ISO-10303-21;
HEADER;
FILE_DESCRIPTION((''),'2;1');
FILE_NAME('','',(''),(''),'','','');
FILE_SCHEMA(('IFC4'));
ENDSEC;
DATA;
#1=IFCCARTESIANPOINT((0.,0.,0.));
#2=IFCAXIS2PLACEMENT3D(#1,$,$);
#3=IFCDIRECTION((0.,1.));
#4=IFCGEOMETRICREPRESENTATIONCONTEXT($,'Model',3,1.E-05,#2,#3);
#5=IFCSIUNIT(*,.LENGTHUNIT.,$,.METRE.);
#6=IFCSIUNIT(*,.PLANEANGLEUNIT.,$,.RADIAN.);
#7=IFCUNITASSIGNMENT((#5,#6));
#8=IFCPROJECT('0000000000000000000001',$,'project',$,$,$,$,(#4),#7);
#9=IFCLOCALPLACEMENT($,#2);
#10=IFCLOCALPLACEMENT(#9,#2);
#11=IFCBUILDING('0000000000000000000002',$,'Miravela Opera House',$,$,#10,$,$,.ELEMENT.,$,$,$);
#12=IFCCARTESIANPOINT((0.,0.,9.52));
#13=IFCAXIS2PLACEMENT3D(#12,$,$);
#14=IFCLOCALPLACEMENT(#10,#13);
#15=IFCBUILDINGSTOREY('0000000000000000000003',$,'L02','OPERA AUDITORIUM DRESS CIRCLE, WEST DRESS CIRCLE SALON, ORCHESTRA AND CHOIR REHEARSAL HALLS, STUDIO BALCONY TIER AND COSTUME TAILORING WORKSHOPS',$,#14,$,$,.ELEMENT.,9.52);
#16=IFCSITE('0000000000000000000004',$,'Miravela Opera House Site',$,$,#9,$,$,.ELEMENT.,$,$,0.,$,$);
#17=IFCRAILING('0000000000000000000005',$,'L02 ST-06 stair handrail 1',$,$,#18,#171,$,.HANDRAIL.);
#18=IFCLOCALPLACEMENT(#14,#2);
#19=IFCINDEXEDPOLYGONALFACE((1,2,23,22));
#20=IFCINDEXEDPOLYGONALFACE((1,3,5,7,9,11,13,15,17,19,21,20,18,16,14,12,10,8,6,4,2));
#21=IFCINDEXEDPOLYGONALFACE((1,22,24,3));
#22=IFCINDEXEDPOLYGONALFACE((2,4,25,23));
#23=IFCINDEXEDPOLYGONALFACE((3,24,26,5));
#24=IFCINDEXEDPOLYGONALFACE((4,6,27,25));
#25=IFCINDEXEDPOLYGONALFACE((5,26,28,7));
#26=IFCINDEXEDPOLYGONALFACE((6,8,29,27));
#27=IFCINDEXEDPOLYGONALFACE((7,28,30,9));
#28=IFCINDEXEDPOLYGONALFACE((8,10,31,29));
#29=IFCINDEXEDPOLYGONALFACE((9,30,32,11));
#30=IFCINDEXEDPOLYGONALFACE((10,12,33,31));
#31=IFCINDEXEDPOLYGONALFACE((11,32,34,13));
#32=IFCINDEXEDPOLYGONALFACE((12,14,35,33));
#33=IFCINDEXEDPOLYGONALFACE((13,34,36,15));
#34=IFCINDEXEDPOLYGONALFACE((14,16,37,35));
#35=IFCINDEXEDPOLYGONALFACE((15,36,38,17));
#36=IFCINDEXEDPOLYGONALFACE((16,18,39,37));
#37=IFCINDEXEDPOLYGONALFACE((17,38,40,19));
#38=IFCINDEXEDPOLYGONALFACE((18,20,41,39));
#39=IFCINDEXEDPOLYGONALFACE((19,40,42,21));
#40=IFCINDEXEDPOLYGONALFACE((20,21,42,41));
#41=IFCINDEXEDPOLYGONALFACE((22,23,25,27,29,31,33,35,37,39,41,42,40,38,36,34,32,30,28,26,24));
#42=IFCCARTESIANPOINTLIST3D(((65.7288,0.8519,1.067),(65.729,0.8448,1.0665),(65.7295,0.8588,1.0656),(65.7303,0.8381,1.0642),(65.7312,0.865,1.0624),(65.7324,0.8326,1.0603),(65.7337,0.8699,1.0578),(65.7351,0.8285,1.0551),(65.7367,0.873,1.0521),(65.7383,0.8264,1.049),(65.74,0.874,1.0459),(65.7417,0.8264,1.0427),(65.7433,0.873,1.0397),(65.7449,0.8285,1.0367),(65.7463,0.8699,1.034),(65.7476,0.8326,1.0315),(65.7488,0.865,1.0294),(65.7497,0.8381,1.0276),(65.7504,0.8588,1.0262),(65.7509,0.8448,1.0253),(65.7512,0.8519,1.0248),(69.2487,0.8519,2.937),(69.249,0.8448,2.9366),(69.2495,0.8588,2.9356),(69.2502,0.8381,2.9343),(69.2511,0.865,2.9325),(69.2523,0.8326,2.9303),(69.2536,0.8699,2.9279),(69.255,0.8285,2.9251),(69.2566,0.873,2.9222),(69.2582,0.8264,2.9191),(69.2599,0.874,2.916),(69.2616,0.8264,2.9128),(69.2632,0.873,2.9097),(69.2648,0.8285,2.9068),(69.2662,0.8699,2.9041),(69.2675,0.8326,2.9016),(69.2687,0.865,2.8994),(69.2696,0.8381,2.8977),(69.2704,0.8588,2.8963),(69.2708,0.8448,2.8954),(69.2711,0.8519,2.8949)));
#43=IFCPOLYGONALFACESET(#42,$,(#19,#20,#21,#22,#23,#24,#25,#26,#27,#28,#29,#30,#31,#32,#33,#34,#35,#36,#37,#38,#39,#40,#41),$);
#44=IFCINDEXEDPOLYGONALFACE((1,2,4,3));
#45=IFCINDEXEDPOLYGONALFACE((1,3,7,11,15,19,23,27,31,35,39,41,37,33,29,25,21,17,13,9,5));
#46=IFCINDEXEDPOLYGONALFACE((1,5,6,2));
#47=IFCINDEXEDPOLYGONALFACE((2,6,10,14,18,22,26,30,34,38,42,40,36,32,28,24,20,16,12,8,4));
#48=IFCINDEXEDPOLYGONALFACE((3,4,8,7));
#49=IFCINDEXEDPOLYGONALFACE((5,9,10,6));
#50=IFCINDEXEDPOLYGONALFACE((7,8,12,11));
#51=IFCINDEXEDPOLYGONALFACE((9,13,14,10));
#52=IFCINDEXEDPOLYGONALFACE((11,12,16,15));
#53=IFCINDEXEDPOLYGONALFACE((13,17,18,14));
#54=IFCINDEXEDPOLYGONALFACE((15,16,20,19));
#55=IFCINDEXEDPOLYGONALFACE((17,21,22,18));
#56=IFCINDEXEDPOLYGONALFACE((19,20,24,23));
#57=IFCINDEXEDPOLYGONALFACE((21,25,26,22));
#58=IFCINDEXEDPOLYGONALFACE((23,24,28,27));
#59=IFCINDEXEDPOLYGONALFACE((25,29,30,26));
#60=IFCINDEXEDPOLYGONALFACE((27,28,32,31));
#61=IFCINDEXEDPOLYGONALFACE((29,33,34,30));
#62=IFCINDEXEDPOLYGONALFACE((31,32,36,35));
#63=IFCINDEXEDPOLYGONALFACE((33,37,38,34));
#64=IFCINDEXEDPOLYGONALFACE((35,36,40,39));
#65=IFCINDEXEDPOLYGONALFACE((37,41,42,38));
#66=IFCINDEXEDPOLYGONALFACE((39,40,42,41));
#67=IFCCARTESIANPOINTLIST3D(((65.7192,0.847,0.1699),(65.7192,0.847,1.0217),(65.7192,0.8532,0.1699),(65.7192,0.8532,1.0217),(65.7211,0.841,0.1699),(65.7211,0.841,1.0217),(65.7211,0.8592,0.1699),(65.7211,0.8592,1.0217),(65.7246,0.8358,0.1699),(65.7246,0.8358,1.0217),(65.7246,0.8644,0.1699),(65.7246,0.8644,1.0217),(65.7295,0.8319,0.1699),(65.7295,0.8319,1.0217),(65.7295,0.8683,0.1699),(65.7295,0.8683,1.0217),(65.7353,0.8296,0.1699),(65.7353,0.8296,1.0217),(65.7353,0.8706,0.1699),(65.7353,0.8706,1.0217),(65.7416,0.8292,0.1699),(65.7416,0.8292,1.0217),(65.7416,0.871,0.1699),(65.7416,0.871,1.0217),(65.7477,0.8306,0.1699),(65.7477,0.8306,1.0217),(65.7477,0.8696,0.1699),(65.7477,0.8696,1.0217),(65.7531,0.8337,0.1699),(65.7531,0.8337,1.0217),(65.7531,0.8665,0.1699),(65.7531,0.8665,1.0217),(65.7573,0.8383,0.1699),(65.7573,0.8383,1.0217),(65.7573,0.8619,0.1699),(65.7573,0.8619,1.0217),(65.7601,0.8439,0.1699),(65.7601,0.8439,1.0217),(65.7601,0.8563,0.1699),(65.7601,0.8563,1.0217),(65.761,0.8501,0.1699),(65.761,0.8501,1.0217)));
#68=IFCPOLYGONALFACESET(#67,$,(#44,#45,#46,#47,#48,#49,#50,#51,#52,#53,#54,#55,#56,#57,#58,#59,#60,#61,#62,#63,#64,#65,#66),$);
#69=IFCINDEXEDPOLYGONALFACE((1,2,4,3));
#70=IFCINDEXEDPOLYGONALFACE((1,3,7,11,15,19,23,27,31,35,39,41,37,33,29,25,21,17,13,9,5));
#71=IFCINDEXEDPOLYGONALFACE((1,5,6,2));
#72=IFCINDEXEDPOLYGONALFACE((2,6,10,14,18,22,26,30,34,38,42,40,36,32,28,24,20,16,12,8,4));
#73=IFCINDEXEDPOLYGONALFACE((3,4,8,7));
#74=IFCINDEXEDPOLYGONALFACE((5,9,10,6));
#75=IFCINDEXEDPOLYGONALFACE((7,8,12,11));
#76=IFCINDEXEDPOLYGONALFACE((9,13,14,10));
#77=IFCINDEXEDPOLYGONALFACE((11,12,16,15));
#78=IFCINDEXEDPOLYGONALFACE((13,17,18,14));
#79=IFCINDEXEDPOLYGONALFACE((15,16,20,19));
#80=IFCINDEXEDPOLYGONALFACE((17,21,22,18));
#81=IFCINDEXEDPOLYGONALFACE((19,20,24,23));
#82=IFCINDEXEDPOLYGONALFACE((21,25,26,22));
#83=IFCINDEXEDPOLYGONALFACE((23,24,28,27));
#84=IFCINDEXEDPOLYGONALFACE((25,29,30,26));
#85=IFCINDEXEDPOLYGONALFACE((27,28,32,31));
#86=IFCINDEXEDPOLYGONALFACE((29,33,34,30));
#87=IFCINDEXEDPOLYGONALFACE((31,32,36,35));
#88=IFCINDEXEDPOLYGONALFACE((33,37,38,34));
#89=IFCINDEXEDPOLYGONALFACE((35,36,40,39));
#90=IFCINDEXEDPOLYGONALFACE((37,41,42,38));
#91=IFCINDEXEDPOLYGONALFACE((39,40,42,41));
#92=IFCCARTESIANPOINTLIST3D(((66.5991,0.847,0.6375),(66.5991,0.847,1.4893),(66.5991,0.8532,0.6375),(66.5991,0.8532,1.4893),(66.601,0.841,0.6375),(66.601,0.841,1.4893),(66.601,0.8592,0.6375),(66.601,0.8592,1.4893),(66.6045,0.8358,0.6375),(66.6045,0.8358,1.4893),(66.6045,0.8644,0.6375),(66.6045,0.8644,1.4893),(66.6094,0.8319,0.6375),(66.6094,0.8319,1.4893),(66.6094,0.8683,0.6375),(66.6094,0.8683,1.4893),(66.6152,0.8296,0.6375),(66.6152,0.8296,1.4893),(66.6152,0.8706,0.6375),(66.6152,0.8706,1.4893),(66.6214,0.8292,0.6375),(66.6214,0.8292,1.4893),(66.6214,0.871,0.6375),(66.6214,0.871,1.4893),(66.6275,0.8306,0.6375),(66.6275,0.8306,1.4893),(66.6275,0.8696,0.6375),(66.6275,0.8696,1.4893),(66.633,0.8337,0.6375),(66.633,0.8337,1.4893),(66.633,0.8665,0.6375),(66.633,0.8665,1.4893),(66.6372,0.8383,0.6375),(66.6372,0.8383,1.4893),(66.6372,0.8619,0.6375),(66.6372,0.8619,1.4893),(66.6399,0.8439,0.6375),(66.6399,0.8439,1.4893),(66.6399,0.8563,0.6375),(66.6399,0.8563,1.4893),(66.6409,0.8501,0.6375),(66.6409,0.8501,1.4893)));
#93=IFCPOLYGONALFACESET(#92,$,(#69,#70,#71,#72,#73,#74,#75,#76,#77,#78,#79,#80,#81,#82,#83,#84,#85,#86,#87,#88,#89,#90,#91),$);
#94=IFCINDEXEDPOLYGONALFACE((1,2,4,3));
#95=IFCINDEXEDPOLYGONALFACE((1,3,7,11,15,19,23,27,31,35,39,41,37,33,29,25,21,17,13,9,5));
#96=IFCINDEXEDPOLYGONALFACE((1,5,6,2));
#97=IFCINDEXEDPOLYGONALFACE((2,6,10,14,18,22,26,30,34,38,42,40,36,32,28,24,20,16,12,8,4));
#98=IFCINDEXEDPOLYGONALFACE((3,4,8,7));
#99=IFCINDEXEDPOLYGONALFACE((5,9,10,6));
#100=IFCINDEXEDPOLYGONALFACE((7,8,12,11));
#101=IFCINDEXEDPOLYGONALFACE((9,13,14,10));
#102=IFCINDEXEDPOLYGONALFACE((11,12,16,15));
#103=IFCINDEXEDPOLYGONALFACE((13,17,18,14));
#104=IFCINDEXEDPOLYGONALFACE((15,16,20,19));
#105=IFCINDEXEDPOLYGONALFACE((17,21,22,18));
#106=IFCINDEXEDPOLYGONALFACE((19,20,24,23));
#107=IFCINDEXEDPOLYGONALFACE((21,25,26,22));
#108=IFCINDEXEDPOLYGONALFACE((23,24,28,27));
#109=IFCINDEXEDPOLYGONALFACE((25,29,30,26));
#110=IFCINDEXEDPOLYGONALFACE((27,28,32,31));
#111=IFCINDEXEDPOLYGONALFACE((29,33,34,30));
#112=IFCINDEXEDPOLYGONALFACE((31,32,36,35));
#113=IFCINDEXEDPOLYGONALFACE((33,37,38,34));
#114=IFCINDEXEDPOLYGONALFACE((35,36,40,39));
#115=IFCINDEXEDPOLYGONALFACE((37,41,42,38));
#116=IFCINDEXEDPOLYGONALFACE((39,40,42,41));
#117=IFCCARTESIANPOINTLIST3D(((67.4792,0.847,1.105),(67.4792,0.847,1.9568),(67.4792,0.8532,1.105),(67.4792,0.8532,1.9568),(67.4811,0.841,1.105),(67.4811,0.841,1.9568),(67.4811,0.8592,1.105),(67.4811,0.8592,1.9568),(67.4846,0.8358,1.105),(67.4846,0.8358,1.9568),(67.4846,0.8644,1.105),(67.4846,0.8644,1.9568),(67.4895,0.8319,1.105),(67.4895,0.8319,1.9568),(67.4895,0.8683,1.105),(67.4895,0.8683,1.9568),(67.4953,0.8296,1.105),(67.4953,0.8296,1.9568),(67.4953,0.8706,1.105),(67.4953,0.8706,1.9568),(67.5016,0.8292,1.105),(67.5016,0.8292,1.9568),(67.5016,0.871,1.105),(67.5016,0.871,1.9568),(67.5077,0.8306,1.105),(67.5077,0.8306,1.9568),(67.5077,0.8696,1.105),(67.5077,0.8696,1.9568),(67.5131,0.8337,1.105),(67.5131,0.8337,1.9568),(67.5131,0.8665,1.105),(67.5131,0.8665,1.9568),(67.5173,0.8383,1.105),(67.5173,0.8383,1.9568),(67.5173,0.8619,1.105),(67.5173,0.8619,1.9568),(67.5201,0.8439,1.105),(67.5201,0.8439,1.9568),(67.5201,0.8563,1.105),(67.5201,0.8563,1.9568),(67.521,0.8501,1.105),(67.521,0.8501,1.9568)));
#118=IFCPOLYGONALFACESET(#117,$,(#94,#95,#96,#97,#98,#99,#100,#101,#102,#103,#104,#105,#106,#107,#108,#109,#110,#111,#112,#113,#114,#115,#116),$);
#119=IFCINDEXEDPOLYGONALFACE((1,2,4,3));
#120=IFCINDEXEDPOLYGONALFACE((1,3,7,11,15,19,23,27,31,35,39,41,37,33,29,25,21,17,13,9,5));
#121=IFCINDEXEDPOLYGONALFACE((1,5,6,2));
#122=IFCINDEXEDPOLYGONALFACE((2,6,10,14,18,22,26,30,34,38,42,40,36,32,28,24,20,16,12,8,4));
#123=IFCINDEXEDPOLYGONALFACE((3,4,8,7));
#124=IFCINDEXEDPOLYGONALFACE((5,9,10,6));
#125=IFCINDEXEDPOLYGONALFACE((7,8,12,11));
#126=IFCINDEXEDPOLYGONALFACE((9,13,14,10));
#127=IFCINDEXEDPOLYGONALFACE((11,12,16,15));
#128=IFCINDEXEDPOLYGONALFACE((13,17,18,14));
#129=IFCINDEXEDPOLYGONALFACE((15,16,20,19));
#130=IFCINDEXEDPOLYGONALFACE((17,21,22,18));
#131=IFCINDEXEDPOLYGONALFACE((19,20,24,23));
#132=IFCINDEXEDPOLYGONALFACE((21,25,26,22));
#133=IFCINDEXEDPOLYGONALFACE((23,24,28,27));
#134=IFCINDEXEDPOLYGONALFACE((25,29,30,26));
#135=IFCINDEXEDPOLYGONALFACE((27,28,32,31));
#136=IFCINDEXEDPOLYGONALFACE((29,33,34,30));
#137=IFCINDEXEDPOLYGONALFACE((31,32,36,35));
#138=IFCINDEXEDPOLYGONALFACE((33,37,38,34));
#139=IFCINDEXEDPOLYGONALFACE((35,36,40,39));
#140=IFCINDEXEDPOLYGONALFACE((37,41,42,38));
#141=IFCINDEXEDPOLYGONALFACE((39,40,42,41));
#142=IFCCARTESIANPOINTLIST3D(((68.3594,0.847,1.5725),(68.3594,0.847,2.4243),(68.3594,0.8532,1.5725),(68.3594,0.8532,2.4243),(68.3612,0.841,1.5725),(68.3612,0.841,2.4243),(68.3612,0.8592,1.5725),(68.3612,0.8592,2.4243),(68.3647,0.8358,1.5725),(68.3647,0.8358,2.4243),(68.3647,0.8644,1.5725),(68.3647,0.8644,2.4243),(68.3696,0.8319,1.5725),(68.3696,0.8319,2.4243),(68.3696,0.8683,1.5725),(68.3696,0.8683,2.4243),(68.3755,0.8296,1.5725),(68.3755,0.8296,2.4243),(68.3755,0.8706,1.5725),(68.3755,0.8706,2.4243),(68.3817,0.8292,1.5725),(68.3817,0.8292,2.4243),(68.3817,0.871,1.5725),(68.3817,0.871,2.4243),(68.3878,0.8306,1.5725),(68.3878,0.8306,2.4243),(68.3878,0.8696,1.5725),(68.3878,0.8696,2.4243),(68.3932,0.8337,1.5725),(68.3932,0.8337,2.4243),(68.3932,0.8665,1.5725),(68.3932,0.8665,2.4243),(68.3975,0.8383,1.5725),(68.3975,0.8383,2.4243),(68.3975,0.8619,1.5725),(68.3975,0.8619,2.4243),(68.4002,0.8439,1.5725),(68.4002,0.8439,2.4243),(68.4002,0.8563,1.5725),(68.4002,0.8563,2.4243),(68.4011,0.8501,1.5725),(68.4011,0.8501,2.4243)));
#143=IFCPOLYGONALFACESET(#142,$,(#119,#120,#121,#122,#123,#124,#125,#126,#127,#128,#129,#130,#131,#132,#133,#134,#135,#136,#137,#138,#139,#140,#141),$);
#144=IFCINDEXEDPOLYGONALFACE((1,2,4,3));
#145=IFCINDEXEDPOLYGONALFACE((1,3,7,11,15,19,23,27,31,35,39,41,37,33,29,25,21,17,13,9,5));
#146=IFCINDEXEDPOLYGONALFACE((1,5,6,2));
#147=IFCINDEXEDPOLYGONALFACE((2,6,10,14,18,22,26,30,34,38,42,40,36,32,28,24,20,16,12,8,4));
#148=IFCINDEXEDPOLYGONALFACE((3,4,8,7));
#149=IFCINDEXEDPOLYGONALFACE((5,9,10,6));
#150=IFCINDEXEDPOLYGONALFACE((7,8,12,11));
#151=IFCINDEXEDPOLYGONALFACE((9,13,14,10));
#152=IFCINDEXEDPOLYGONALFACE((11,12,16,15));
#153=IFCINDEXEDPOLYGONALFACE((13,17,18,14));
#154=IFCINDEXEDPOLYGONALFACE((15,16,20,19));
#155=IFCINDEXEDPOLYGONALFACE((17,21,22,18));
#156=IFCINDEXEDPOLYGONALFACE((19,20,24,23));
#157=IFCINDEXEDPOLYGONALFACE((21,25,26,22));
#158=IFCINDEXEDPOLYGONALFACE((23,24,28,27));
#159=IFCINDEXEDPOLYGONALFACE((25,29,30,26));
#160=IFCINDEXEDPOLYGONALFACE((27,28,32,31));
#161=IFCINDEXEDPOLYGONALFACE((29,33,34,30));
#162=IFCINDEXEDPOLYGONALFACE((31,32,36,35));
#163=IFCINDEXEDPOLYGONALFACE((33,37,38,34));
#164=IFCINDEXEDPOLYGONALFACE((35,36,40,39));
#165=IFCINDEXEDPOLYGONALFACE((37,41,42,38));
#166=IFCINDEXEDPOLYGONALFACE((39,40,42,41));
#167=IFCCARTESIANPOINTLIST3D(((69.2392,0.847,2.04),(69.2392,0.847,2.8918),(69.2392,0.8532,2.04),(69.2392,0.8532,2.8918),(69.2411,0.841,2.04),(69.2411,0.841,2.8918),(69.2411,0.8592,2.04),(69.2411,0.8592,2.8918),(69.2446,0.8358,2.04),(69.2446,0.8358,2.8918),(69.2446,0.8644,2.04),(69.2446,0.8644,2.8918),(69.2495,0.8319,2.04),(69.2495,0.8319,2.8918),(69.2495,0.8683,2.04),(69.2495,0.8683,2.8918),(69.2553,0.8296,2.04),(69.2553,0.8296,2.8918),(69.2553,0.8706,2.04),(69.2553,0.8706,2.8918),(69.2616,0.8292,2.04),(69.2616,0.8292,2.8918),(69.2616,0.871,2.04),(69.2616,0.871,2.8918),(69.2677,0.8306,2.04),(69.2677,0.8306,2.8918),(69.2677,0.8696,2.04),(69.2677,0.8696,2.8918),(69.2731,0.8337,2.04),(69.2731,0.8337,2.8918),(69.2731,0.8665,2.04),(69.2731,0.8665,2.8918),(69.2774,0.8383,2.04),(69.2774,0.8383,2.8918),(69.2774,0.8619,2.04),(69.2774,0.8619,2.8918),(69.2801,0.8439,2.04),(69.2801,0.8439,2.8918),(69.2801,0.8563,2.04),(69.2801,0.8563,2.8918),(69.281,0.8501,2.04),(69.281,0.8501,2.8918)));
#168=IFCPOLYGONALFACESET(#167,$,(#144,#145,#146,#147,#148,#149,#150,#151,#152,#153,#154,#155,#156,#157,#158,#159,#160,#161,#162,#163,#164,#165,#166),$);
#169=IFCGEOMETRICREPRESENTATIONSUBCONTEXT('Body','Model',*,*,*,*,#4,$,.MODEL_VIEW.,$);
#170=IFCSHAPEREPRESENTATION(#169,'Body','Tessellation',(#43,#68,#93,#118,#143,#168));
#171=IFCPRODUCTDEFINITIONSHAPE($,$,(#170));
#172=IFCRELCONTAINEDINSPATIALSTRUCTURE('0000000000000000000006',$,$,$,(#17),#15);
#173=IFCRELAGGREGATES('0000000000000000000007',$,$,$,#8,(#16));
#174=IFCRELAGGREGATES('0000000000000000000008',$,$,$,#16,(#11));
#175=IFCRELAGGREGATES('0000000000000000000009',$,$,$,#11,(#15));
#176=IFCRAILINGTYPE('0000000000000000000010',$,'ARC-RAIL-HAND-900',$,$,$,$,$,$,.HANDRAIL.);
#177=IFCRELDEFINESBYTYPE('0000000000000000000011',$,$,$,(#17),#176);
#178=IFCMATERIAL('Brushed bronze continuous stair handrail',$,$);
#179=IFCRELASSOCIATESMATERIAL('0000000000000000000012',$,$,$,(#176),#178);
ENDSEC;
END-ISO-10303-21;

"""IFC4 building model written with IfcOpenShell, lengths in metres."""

from ifc_helpers import new_model, si_unit, direction, frame, origin, origin_2d, place, context, subcontext, project, spatial, circle, extrude, material, type_object, element, save


model = new_model("IFC4")

# Units and contexts
model_context = context("Model", 3, precision=1e-05, world=origin(), true_north=direction((0.0, 1.0)))
body_context = subcontext(model_context, "Body", "Model", "MODEL_VIEW")
ifc_project = project(units=[si_unit("LENGTHUNIT", "METRE"), si_unit("PLANEANGLEUNIT", "RADIAN")], contexts=[model_context])

# Site, building, storey
site_placement = place(None, origin())
site = spatial("IfcSite", under=ifc_project, at=site_placement, Name="Miravela Opera House Site", CompositionType="ELEMENT", RefElevation=0.0)
building_placement = place(site_placement, origin())
building = spatial("IfcBuilding", under=site, at=building_placement, Name="Miravela Opera House", CompositionType="ELEMENT")
storey_placement = place(building_placement, frame((0.0, 0.0, 9.52)))
storey = spatial("IfcBuildingStorey", under=building, at=storey_placement, Name="L02", Description="OPERA AUDITORIUM DRESS CIRCLE, WEST DRESS CIRCLE SALON, ORCHESTRA AND CHOIR REHEARSAL HALLS, STUDIO BALCONY TIER AND COSTUME TAILORING WORKSHOPS", CompositionType="ELEMENT", Elevation=9.52)

# Railing
ifc_material_1 = material(Name="Brushed bronze continuous stair handrail")
railing_type_1 = type_object("IfcRailingType", Name="ARC-RAIL-HAND-900", PredefinedType="HANDRAIL", material=ifc_material_1)
railing_1_placement = place(storey_placement, frame((65.74, 0.8501, 0.1699)))
element("IfcRailing", 1, at=railing_1_placement, inside=storey, type_object=railing_type_1, Name="L02 ST-06 stair handrail 1", PredefinedType="HANDRAIL", context=body_context, shape_type="SweptSolid", body=[
    extrude(circle(Radius=0.0239, at=origin_2d()), frame((0.0, 0.0, 0.876), z_axis=(0.883105, 0.0, 0.469176), x_axis=(0.0, 1.0, 0.0)), (0.0, 0.0, 1.0), 3.9858),
    extrude(circle(Radius=0.021, at=origin_2d()), origin(), (0.0, 0.0, 1.0), 0.8518),
    extrude(circle(Radius=0.021, at=origin_2d()), frame((0.8799, 0.0, 0.4675)), (0.0, 0.0, 1.0), 0.8518),
    extrude(circle(Radius=0.021, at=origin_2d()), frame((1.76, 0.0, 0.9351)), (0.0, 0.0, 1.0), 0.8518),
    extrude(circle(Radius=0.021, at=origin_2d()), frame((2.6401, 0.0, 1.4026)), (0.0, 0.0, 1.0), 0.8518),
    extrude(circle(Radius=0.021, at=origin_2d()), frame((3.52, 0.0, 1.8701)), (0.0, 0.0, 1.0), 0.8518),
])

save(model, "model.ifc")
